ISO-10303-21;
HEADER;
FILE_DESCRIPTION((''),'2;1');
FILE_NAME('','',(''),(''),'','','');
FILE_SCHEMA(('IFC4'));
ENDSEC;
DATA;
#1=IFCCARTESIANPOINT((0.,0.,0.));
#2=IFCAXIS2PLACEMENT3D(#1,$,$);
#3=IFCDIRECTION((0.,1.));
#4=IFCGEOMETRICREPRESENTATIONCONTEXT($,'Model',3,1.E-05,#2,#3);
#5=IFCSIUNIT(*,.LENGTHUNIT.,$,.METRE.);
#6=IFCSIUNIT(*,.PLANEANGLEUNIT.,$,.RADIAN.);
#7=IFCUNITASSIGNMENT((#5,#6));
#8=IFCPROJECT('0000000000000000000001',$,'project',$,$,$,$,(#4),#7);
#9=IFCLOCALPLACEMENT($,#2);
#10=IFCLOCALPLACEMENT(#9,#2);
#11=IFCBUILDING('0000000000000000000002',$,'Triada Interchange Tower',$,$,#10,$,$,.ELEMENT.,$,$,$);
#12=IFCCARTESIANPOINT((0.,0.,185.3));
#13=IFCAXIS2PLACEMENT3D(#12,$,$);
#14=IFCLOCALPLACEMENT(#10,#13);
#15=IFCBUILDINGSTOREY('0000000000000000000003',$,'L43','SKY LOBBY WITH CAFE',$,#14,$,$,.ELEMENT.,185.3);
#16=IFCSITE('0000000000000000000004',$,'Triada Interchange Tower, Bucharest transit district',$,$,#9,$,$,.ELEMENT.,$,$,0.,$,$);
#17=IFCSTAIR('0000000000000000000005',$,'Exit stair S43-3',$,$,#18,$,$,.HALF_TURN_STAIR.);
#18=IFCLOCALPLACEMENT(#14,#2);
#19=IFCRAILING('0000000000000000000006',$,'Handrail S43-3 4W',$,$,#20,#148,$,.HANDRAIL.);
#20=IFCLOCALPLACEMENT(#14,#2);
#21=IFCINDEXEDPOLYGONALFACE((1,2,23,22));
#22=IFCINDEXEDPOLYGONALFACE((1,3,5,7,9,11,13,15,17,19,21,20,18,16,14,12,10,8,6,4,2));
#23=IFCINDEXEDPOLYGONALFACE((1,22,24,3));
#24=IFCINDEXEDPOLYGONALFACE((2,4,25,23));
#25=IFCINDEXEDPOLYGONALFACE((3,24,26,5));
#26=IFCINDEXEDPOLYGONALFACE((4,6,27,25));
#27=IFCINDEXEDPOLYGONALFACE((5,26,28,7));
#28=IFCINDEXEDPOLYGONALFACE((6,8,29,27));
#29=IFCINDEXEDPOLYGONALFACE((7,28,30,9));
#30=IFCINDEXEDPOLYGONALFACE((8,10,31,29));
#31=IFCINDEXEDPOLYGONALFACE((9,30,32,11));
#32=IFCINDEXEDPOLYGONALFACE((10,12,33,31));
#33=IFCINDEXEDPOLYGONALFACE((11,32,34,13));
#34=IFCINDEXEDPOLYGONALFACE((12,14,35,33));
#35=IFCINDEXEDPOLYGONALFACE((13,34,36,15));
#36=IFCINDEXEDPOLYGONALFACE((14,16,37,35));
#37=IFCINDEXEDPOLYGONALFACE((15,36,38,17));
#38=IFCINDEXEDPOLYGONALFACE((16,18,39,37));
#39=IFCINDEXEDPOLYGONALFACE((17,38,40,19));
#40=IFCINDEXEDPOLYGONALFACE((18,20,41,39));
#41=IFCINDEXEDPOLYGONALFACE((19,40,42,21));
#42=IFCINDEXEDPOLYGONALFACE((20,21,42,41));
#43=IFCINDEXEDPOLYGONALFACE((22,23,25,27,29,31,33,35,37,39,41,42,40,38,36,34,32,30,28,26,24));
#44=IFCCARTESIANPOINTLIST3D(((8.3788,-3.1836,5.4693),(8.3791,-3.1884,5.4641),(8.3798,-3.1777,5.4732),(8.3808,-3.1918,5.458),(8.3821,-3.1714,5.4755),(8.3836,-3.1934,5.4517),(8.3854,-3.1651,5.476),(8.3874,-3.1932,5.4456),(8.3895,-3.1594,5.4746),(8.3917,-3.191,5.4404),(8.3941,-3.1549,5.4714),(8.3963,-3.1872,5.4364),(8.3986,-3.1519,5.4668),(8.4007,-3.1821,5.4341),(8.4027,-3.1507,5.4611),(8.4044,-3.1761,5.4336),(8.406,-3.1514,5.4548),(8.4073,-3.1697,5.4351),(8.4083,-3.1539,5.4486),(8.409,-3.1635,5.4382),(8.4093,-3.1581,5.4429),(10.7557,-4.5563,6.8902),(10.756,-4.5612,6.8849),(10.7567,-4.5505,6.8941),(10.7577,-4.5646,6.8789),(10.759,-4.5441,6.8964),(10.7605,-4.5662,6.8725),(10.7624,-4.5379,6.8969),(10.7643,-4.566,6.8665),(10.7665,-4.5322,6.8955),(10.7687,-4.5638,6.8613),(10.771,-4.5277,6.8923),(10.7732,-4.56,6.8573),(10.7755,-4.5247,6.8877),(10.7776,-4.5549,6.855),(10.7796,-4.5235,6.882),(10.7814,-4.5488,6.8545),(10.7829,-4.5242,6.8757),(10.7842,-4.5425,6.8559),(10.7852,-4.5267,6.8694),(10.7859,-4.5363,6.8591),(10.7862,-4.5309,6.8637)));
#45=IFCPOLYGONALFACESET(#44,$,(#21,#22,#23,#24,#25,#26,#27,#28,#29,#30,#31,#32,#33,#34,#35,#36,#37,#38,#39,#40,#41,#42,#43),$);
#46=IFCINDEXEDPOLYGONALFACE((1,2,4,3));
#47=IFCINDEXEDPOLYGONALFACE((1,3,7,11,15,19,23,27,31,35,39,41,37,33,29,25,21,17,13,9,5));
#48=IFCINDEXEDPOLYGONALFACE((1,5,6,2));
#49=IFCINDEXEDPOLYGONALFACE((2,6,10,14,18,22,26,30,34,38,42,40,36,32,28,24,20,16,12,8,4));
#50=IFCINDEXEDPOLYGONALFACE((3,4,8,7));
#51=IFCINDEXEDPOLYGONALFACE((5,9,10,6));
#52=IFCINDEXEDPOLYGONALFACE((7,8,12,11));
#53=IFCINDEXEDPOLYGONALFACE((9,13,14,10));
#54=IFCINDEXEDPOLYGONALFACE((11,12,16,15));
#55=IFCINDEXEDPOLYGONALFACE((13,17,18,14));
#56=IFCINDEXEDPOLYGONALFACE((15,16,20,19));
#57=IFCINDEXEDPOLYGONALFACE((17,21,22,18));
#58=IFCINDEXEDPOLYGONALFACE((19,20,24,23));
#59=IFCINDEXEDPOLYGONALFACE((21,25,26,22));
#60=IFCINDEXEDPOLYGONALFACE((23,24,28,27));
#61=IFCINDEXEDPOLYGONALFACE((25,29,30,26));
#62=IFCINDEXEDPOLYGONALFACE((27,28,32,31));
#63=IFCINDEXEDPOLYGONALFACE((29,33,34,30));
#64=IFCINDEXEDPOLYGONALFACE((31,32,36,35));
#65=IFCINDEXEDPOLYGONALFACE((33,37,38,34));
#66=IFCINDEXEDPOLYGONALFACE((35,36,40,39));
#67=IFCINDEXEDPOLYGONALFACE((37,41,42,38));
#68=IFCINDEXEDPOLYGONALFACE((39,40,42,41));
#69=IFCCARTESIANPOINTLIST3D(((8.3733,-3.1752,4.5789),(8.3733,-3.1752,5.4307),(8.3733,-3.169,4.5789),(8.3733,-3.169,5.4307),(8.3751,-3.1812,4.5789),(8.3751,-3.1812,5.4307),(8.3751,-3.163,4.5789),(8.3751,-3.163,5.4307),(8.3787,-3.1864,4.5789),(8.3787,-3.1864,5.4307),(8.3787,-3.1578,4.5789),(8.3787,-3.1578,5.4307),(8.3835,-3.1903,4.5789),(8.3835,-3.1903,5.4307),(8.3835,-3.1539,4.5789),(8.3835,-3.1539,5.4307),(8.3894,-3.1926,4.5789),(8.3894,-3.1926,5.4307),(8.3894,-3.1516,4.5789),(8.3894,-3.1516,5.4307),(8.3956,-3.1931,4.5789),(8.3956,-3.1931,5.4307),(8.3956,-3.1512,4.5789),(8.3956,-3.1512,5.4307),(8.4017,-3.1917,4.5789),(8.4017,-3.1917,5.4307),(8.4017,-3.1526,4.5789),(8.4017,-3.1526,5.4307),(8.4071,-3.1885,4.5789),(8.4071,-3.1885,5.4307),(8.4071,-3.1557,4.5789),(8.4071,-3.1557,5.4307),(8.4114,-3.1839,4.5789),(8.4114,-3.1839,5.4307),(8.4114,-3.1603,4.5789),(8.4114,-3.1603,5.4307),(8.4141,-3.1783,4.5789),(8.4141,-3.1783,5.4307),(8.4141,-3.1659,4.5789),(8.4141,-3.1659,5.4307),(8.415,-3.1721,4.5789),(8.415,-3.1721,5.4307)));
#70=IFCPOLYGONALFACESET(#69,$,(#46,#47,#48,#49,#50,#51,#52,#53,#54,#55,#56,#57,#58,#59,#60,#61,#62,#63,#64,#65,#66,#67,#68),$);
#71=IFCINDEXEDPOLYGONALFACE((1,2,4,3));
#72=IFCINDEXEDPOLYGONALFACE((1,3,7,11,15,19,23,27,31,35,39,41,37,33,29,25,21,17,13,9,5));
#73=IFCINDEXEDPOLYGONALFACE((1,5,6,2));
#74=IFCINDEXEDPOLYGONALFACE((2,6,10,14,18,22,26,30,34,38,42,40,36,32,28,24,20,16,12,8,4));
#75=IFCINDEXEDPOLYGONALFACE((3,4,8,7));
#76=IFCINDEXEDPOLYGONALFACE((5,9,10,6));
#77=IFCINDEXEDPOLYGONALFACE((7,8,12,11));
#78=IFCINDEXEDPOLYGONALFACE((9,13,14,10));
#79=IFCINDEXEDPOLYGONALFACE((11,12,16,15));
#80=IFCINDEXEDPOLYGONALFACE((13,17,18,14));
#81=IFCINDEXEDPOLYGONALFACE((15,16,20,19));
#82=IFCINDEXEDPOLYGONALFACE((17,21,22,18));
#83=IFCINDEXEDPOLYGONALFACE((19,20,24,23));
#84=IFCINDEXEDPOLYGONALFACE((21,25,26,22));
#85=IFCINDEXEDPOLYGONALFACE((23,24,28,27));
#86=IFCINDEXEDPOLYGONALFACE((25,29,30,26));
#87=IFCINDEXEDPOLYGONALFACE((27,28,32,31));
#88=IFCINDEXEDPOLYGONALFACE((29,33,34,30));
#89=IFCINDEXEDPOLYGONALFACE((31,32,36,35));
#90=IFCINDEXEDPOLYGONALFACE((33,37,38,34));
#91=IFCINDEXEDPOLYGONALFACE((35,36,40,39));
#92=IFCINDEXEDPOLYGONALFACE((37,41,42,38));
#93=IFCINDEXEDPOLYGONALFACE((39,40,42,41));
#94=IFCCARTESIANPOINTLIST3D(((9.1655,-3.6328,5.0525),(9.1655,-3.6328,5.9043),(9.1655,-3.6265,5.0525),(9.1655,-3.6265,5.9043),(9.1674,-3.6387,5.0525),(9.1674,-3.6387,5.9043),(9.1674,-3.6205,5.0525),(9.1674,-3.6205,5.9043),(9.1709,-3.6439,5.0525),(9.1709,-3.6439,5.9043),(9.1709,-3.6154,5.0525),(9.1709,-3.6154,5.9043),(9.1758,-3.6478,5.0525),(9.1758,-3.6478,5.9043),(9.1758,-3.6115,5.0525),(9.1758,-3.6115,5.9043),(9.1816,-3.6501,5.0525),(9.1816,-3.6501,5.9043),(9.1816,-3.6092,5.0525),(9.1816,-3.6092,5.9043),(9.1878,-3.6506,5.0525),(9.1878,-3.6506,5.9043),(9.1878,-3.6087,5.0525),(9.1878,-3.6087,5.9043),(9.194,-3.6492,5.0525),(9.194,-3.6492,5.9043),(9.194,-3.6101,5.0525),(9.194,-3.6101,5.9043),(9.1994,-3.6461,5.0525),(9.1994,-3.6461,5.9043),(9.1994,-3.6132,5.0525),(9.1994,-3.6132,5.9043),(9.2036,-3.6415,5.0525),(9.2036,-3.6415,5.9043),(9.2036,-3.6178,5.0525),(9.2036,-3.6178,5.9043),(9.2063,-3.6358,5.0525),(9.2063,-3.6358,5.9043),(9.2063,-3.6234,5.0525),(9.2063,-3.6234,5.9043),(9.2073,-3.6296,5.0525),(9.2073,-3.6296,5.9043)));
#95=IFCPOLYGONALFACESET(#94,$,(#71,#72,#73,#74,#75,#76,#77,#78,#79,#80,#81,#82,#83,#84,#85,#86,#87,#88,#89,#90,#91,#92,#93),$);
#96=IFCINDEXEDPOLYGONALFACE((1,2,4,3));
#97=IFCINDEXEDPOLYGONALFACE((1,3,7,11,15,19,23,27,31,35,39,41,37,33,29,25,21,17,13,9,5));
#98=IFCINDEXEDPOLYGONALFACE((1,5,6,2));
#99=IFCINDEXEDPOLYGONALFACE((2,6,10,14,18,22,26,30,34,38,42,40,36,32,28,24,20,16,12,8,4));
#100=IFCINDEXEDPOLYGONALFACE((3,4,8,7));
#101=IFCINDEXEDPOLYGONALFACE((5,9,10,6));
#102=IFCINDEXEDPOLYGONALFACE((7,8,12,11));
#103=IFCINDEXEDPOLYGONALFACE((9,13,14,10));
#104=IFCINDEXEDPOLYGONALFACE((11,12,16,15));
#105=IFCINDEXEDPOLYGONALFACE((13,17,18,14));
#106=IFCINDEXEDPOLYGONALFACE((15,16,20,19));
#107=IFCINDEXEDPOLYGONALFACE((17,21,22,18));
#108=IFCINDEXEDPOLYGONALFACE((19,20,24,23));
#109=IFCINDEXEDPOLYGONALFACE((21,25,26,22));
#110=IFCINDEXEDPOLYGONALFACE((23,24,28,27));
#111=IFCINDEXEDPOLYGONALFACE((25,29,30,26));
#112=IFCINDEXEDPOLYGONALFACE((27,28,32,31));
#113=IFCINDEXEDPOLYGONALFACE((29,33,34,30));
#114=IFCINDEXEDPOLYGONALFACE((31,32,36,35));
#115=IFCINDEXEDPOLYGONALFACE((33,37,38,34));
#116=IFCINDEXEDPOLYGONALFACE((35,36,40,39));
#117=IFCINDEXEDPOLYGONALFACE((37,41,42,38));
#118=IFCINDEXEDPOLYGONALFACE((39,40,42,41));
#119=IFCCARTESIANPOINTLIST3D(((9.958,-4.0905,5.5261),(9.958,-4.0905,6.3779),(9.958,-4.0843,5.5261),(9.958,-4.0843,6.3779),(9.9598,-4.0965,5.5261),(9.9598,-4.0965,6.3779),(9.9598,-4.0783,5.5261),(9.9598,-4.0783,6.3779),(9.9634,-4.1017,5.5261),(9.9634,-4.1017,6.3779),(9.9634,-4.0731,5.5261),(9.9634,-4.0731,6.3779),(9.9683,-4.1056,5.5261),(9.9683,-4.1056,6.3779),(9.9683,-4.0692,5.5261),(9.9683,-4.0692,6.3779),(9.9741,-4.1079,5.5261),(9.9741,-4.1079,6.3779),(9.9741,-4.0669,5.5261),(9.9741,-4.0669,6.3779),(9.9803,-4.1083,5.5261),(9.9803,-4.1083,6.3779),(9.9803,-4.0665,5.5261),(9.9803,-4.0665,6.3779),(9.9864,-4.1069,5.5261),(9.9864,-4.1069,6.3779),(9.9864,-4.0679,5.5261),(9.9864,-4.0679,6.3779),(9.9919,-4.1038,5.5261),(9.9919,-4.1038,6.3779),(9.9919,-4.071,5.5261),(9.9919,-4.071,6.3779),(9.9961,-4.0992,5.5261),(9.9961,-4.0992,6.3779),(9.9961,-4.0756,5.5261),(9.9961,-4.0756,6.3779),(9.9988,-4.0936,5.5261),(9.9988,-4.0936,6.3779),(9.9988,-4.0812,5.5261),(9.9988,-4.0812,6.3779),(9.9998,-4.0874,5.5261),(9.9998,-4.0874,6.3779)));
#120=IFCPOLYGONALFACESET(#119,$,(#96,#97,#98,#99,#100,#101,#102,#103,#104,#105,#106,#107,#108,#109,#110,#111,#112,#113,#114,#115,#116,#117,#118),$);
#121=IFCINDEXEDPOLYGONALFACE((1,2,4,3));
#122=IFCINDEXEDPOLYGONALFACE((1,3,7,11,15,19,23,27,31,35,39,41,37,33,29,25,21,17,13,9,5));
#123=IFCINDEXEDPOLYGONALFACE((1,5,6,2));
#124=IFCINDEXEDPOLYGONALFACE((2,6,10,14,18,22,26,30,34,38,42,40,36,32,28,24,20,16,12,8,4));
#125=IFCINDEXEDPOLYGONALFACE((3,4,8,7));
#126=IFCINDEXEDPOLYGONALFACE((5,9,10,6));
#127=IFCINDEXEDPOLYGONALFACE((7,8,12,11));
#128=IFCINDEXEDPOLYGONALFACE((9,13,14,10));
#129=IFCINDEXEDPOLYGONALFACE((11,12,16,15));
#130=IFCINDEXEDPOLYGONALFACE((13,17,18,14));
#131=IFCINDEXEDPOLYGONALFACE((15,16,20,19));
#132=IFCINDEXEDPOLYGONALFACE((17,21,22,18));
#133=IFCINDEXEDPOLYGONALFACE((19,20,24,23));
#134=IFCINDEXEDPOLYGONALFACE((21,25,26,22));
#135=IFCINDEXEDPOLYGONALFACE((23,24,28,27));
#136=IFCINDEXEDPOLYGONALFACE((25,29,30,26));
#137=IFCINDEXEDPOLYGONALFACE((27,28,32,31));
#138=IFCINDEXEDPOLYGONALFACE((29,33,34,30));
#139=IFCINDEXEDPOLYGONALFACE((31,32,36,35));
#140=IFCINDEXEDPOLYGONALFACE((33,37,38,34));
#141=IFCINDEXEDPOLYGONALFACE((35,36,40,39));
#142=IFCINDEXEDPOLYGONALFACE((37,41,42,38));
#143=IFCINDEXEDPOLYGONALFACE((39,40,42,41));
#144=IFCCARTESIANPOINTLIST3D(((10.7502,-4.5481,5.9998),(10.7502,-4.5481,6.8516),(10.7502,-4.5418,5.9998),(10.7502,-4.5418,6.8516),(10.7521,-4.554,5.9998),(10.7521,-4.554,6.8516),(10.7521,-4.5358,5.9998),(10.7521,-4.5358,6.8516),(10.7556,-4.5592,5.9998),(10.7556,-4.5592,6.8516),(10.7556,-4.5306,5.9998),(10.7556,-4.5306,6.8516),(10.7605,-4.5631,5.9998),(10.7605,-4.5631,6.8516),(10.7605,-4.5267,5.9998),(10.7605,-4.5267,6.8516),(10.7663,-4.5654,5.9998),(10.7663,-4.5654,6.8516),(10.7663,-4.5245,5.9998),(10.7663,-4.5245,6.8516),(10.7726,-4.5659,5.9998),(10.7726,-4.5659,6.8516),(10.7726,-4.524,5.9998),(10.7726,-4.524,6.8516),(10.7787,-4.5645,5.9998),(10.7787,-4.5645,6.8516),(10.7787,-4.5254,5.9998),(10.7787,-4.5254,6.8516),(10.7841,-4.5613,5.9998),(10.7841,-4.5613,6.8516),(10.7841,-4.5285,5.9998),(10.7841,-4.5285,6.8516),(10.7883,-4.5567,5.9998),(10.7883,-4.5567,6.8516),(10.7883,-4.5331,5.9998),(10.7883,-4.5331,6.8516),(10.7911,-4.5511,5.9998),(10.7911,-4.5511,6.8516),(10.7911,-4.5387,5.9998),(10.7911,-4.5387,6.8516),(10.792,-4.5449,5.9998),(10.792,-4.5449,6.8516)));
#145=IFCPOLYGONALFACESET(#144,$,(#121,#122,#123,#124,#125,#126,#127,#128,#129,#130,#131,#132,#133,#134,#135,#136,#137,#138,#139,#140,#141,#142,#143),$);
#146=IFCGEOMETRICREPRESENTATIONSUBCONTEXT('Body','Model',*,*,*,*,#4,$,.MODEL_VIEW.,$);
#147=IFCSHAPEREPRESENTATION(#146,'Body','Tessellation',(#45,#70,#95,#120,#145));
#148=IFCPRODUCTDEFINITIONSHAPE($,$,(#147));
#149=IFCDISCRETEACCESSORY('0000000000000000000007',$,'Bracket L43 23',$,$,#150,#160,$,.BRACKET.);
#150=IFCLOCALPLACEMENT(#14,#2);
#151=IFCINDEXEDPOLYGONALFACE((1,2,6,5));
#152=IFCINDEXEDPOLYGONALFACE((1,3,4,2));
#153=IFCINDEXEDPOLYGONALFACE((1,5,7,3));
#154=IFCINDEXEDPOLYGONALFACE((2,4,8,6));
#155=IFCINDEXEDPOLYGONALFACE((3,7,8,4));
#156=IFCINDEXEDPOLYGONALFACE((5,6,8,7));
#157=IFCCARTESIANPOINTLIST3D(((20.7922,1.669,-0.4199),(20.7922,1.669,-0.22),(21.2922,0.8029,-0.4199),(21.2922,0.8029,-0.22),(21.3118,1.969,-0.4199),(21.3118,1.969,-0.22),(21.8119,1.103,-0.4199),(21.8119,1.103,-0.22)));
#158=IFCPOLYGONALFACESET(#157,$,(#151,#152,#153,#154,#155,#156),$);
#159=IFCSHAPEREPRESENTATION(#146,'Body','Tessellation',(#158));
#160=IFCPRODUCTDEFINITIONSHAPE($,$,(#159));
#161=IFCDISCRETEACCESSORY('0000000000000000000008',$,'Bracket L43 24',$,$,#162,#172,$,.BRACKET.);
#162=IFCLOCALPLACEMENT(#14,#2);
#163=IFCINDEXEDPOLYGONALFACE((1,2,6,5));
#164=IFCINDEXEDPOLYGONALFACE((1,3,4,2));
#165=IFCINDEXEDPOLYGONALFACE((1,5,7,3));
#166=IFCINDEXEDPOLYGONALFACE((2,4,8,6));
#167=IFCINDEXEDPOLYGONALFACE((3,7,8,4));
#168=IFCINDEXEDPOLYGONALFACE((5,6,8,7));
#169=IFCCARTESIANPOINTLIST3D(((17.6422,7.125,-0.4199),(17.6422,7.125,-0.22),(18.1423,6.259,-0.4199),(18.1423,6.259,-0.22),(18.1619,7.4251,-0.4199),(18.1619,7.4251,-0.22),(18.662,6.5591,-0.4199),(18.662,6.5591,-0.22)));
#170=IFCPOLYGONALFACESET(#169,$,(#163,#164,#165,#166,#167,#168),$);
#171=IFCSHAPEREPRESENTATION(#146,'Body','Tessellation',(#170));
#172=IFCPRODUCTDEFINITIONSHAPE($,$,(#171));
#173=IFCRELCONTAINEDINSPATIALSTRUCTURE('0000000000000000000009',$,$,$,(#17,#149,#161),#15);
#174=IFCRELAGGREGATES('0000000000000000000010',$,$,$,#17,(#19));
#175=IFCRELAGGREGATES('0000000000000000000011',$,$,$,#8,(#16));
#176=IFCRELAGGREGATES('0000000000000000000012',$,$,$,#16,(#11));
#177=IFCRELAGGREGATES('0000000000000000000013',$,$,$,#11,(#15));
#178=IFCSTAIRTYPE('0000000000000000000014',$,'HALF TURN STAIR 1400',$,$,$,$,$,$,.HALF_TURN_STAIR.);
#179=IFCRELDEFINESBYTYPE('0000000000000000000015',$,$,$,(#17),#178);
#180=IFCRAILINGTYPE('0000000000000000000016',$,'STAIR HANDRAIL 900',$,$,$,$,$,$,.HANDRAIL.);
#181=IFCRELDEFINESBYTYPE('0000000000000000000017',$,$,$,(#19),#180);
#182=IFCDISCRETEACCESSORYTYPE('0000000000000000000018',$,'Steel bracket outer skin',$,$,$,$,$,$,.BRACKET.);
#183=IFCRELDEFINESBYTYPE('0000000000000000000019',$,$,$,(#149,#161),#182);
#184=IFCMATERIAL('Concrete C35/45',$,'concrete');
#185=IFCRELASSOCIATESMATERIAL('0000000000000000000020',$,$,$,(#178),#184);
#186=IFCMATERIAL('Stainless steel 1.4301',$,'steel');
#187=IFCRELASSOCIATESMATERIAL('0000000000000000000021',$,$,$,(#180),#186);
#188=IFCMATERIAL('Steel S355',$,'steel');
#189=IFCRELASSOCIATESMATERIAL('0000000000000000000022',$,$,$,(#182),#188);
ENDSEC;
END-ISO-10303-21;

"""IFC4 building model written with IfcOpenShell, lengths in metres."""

from ifc_helpers import new_model, si_unit, direction, frame, origin, origin_2d, place, context, subcontext, project, spatial, rectangle, circle, extrude, material, type_object, element, aggregate, save


model = new_model("IFC4")

# Units and contexts
model_context = context("Model", 3, precision=1e-05, world=origin(), true_north=direction((0.0, 1.0)))
body_context = subcontext(model_context, "Body", "Model", "MODEL_VIEW")
ifc_project = project(units=[si_unit("LENGTHUNIT", "METRE"), si_unit("PLANEANGLEUNIT", "RADIAN")], contexts=[model_context])

# Site, building, storey
site_placement = place(None, origin())
site = spatial("IfcSite", under=ifc_project, at=site_placement, Name="Triada Interchange Tower, Bucharest transit district", CompositionType="ELEMENT", RefElevation=0.0)
building_placement = place(site_placement, origin())
building = spatial("IfcBuilding", under=site, at=building_placement, Name="Triada Interchange Tower", CompositionType="ELEMENT")
storey_placement = place(building_placement, frame((0.0, 0.0, 185.3)))
storey = spatial("IfcBuildingStorey", under=building, at=storey_placement, Name="L43", Description="SKY LOBBY WITH CAFE", CompositionType="ELEMENT", Elevation=185.3)

# Stair, railing
ifc_material_1 = material(Name="Concrete C35/45", Category="concrete")
stair_type = type_object("IfcStairType", Name="HALF TURN STAIR 1400", PredefinedType="HALF_TURN_STAIR", material=ifc_material_1)
stair_placement = place(storey_placement, origin())
stair = element("IfcStair", 1, at=stair_placement, inside=storey, type_object=stair_type, Name="Exit stair S43-3", PredefinedType="HALF_TURN_STAIR")
ifc_material_2 = material(Name="Stainless steel 1.4301", Category="steel")
railing_type = type_object("IfcRailingType", Name="STAIR HANDRAIL 900", PredefinedType="HANDRAIL", material=ifc_material_2)
railing_1_placement = place(storey_placement, frame((8.394, -3.1721, 4.5789)))
railing_1 = element("IfcRailing", 2, at=railing_1_placement, type_object=railing_type, Name="Handrail S43-3 4W", PredefinedType="HANDRAIL", context=body_context, shape_type="SweptSolid", body=[
    extrude(circle(Radius=0.0239, at=origin_2d()), frame((0.0, 0.0, 0.876), z_axis=(0.769025, -0.444148, 0.459709), x_axis=(0.500128, 0.865952, 0.0)), (0.0, 0.0, 1.0), 3.0908),
    extrude(circle(Radius=0.021, at=origin_2d()), origin(), (0.0, 0.0, 1.0), 0.8518),
    extrude(circle(Radius=0.021, at=origin_2d()), frame((0.7922, -0.4575, 0.4736)), (0.0, 0.0, 1.0), 0.8518),
    extrude(circle(Radius=0.021, at=origin_2d()), frame((1.5847, -0.9153, 0.9473)), (0.0, 0.0, 1.0), 0.8518),
    extrude(circle(Radius=0.021, at=origin_2d()), frame((2.377, -1.3728, 1.4209)), (0.0, 0.0, 1.0), 0.8518),
])
aggregate(stair, [railing_1])

# Discrete accessories
ifc_material_3 = material(Name="Steel S355", Category="steel")
discrete_accessory_type = type_object("IfcDiscreteAccessoryType", Name="Steel bracket outer skin", PredefinedType="BRACKET", material=ifc_material_3)
for number, where, z_axis, x_axis, name in (
    (3, (21.302, 1.386, -0.4199), (0.0, 0.0, 1.0), (0.866022, 0.500006, 0.0), "Bracket L43 23"),
    (4, (18.1521, 6.842, -0.4199), (0.0, 0.0, 1.0), (0.866022, 0.500006, 0.0), "Bracket L43 24"),
):
    element("IfcDiscreteAccessory", number, at=place(storey_placement, frame(where, z_axis=z_axis, x_axis=x_axis)), inside=storey, type_object=discrete_accessory_type, Name=name, PredefinedType="BRACKET", context=body_context, shape_type="SweptSolid", body=[
        extrude(rectangle(XDim=0.6001, YDim=1.0, at=origin_2d()), origin(), (0.0, 0.0, 1.0), 0.2),
    ])

save(model, "model.ifc")
